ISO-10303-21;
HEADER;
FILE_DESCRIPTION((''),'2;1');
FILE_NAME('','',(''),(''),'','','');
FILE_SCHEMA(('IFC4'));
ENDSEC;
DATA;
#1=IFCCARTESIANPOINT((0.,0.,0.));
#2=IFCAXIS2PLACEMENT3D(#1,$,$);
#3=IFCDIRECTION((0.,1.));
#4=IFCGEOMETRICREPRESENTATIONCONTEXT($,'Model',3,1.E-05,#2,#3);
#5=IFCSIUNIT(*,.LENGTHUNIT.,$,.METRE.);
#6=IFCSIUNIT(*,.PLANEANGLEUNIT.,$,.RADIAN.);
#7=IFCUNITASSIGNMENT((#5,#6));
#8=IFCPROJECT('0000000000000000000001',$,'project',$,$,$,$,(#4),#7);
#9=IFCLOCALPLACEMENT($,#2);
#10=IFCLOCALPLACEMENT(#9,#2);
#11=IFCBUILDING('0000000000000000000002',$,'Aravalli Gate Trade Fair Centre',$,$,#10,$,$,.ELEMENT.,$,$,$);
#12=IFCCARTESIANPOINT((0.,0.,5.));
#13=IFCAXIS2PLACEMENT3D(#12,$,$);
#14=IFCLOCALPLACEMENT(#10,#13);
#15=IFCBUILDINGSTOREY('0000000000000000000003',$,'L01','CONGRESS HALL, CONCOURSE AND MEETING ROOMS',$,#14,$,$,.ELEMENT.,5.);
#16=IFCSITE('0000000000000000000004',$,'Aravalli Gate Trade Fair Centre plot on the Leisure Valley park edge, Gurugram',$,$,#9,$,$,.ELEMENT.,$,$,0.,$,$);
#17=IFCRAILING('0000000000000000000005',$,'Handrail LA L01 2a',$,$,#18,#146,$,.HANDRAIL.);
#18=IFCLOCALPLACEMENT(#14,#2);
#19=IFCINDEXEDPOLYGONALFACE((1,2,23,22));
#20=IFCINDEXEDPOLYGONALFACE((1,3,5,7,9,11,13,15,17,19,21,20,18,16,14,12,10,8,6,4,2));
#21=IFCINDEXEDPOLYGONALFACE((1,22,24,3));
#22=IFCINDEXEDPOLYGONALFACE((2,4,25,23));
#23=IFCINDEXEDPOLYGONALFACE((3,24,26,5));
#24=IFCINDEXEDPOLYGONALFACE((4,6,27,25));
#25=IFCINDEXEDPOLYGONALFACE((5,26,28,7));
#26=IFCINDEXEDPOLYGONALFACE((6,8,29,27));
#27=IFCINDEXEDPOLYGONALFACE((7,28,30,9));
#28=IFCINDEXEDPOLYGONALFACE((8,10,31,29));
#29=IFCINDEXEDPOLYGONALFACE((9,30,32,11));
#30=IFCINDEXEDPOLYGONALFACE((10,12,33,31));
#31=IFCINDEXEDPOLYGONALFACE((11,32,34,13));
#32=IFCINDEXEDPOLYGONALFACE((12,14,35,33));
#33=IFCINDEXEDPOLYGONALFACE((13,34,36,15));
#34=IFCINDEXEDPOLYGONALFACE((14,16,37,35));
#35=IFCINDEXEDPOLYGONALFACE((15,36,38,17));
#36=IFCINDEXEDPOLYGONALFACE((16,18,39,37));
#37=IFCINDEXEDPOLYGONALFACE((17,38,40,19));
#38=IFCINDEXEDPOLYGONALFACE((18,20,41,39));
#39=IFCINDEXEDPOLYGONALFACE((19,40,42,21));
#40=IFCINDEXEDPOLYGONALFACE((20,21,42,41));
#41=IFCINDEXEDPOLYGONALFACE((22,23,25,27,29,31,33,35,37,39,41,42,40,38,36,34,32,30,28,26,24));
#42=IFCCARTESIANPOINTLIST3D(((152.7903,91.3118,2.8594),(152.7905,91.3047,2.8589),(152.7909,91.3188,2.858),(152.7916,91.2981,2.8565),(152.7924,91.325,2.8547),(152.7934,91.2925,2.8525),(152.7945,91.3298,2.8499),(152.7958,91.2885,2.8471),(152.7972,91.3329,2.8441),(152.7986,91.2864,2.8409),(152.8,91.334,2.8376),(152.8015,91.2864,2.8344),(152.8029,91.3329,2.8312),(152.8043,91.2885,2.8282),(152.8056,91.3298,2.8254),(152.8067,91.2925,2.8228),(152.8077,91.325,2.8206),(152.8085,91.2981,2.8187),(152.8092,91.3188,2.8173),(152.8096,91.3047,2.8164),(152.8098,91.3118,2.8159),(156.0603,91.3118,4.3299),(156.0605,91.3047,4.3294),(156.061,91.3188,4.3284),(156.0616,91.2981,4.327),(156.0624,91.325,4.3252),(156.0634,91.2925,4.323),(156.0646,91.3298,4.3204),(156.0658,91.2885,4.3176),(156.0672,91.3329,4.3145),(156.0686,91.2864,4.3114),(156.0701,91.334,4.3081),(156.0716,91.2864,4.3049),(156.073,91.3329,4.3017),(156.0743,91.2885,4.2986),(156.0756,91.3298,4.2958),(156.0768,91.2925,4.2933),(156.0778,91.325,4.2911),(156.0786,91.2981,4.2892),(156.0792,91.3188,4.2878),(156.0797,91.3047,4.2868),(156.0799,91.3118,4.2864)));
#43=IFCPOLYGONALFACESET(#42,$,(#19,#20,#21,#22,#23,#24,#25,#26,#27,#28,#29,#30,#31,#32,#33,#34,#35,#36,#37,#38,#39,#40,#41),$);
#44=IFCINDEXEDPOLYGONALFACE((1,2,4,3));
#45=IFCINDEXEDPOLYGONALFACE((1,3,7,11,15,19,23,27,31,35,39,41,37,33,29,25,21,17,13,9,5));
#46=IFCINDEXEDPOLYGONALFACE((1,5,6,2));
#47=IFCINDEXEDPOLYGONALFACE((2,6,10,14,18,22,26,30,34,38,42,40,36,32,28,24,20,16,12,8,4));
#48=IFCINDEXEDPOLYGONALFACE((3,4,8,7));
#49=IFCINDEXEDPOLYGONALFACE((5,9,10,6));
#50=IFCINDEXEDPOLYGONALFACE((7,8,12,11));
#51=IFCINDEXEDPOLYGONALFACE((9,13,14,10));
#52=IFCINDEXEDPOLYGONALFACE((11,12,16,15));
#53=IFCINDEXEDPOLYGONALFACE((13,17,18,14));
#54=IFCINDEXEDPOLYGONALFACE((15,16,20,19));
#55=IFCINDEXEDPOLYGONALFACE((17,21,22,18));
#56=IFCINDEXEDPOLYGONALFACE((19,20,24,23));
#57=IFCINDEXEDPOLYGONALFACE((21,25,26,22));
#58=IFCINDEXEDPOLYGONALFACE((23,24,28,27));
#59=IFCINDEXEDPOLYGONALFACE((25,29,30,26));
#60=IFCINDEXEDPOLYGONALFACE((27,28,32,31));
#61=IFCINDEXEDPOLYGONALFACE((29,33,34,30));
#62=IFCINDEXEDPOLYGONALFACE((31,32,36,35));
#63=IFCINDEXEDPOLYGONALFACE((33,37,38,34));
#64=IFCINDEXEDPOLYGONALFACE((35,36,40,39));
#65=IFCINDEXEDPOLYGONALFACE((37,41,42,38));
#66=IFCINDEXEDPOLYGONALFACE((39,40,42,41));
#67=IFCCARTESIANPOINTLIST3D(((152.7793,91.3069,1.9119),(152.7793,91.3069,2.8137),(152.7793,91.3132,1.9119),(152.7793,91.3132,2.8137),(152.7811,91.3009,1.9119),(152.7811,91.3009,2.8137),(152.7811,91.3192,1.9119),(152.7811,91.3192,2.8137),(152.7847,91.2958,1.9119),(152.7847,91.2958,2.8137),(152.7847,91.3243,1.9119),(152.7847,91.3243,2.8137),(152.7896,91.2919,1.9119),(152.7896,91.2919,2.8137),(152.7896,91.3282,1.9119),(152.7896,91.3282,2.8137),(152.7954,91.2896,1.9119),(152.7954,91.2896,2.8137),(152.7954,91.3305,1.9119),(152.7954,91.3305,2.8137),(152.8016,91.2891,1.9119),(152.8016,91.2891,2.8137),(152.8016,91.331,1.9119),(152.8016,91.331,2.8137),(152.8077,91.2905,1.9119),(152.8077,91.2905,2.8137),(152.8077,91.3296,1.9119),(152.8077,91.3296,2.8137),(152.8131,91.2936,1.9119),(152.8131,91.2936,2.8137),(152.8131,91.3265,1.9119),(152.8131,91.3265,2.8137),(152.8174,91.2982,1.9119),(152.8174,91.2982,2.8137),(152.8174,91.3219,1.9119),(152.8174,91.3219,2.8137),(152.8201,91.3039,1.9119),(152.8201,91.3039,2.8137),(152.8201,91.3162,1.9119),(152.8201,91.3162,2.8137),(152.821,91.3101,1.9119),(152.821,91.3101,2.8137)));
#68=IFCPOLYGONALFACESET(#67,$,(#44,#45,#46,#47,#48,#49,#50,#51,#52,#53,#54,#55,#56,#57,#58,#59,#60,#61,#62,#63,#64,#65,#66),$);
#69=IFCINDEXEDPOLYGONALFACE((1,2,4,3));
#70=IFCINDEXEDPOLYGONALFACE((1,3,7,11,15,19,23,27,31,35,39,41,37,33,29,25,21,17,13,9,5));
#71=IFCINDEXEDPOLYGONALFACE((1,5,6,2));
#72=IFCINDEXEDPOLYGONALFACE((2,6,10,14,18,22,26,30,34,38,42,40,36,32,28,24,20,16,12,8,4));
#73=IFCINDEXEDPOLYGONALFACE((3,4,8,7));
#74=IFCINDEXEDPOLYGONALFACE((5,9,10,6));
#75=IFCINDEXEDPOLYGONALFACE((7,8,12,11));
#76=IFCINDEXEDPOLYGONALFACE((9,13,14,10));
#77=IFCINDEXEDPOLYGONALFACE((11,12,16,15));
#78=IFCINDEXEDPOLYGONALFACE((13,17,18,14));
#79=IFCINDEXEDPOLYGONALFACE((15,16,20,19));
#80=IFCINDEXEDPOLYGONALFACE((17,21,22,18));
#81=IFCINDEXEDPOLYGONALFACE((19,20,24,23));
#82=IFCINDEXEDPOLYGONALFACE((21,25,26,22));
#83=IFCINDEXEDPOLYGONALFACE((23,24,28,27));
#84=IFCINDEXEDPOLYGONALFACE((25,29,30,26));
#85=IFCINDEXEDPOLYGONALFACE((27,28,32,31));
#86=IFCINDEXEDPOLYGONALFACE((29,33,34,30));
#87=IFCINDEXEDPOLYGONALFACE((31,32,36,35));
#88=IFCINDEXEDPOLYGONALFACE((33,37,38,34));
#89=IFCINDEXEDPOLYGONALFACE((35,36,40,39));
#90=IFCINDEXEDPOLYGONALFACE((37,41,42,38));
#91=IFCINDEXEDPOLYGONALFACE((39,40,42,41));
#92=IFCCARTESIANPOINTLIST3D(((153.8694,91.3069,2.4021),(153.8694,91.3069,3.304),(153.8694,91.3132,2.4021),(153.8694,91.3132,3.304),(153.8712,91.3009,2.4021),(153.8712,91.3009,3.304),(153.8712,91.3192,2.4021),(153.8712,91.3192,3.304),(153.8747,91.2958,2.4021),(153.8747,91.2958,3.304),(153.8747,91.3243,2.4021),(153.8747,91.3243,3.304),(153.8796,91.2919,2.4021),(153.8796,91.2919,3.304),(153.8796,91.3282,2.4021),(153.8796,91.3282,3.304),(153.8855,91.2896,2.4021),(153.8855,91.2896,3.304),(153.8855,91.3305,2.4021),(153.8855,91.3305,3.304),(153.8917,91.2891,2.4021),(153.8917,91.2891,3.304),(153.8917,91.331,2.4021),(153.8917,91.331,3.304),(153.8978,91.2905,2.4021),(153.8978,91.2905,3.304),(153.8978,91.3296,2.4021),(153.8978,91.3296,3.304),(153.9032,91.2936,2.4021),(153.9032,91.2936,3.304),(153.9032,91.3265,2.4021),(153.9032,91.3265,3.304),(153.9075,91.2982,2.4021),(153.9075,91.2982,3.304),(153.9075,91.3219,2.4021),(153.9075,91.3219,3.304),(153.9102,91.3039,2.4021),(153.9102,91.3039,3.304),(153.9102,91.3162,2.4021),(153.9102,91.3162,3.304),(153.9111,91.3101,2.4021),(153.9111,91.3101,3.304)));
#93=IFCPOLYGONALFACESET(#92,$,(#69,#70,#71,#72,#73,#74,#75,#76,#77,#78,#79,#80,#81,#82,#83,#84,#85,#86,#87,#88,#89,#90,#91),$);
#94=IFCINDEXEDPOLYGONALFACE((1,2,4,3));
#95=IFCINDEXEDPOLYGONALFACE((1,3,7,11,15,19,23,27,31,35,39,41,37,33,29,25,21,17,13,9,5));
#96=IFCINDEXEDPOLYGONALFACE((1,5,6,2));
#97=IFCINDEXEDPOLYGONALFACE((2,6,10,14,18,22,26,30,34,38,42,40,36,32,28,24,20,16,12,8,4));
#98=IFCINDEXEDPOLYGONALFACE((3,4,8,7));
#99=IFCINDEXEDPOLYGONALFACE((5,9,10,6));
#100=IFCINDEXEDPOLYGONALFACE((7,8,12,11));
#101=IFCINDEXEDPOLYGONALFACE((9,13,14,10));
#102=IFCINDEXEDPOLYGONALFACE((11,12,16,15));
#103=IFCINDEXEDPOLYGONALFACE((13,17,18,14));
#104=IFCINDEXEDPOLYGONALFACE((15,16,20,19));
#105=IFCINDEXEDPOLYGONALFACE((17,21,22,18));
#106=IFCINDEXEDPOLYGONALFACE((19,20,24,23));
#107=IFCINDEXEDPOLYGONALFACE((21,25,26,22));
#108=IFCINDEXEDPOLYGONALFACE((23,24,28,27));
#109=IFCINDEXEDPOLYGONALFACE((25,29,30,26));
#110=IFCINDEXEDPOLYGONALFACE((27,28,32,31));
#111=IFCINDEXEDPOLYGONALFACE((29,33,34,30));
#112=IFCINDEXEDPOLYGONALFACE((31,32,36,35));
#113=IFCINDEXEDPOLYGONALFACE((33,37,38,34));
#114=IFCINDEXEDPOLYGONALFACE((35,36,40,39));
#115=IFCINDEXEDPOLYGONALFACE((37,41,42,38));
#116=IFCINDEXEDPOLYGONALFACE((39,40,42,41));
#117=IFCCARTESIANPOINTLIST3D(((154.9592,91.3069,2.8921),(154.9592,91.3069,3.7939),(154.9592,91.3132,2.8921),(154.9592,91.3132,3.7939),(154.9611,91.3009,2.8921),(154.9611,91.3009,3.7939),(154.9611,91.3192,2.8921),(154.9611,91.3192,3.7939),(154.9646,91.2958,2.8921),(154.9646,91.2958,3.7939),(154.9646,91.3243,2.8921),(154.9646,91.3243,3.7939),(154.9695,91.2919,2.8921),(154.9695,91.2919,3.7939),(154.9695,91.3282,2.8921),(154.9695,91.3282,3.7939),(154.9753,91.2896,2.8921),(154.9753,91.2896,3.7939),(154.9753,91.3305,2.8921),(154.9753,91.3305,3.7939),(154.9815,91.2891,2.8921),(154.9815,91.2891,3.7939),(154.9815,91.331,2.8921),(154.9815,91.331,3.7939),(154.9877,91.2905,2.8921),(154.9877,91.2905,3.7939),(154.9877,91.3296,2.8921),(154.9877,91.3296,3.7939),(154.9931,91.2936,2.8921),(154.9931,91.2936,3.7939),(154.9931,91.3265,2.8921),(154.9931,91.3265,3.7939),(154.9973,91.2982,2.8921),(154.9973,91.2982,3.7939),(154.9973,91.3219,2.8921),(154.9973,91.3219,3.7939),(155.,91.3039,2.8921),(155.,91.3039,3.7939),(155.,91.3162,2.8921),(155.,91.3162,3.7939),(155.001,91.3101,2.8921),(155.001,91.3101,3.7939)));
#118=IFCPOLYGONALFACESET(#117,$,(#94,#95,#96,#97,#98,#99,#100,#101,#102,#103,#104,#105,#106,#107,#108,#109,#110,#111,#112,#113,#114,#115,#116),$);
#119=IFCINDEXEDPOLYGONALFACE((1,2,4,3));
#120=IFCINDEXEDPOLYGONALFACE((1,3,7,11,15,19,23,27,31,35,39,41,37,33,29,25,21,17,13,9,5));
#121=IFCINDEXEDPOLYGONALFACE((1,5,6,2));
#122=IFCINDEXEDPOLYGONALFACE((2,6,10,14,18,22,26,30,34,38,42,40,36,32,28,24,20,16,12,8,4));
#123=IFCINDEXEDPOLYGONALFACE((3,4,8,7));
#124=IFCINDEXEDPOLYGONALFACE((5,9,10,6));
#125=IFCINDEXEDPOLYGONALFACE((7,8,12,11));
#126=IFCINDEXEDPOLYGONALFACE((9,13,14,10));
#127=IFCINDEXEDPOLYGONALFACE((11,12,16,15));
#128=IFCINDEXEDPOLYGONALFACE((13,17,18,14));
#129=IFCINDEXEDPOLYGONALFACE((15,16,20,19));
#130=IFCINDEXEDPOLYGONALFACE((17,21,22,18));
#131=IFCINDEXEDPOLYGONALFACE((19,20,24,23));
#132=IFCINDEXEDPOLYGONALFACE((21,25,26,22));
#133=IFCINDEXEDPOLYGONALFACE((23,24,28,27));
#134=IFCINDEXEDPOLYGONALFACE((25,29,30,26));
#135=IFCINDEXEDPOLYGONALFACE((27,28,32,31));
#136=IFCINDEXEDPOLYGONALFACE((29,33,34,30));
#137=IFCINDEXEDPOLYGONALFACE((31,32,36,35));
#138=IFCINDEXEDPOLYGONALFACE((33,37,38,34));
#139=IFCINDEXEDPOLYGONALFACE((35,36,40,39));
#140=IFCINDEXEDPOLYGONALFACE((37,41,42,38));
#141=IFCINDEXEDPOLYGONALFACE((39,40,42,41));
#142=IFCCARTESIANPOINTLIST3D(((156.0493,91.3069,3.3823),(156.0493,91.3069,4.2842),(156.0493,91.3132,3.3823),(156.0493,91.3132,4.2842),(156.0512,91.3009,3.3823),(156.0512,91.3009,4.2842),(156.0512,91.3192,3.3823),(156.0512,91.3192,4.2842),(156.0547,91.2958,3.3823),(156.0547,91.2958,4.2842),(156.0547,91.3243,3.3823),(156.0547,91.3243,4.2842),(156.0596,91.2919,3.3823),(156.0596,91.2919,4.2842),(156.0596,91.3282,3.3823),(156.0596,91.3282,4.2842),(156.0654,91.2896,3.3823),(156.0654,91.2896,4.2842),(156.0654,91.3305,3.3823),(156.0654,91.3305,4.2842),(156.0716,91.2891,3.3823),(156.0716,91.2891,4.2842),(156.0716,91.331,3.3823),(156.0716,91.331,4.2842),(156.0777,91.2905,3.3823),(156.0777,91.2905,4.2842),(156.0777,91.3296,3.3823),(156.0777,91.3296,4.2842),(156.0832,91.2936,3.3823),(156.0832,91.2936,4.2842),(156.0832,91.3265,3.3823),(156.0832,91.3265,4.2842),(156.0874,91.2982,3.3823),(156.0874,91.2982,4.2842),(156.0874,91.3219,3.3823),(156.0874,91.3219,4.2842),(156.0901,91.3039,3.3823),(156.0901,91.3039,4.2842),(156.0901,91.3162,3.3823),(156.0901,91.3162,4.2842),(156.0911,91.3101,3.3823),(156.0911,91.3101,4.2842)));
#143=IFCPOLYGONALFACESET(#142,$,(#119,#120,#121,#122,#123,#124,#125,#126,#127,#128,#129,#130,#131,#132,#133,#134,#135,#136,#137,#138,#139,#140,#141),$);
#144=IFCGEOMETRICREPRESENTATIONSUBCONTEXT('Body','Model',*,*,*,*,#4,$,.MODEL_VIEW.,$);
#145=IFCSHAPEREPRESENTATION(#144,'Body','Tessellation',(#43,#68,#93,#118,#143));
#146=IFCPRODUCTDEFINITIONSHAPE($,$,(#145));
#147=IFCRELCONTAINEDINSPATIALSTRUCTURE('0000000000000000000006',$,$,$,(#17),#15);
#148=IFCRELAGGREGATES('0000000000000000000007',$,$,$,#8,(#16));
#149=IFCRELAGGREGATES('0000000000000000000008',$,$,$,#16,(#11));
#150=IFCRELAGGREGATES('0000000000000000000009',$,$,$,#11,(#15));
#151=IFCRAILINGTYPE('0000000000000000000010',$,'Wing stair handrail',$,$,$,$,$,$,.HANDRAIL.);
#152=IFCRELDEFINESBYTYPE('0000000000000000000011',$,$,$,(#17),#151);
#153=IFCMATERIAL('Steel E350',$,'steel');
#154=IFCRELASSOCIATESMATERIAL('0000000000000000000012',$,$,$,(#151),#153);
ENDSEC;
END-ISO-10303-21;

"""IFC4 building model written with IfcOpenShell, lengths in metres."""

from ifc_helpers import new_model, si_unit, direction, frame, origin, origin_2d, place, context, subcontext, project, spatial, circle, extrude, material, type_object, element, save


model = new_model("IFC4")

# Units and contexts
model_context = context("Model", 3, precision=1e-05, world=origin(), true_north=direction((0.0, 1.0)))
body_context = subcontext(model_context, "Body", "Model", "MODEL_VIEW")
ifc_project = project(units=[si_unit("LENGTHUNIT", "METRE"), si_unit("PLANEANGLEUNIT", "RADIAN")], contexts=[model_context])

# Site, building, storey
site_placement = place(None, origin())
site = spatial("IfcSite", under=ifc_project, at=site_placement, Name="Aravalli Gate Trade Fair Centre plot on the Leisure Valley park edge, Gurugram", CompositionType="ELEMENT", RefElevation=0.0)
building_placement = place(site_placement, origin())
building = spatial("IfcBuilding", under=site, at=building_placement, Name="Aravalli Gate Trade Fair Centre", CompositionType="ELEMENT")
storey_placement = place(building_placement, frame((0.0, 0.0, 5.0)))
storey = spatial("IfcBuildingStorey", under=building, at=storey_placement, Name="L01", Description="CONGRESS HALL, CONCOURSE AND MEETING ROOMS", CompositionType="ELEMENT", Elevation=5.0)

# Shared definitions
ifc_material_1 = material(Name="Steel E350", Category="steel")

# Railing
railing_type_1 = type_object("IfcRailingType", Name="Wing stair handrail", PredefinedType="HANDRAIL", material=ifc_material_1)
for number, where, name in (
    (1, (152.8, 91.3101, 1.9119), "Handrail LA L01 2a"),
):
    element("IfcRailing", number, at=place(storey_placement, frame(where)), inside=storey, type_object=railing_type_1, Name=name, PredefinedType="HANDRAIL", context=body_context, shape_type="SweptSolid", body=[
        extrude(circle(Radius=0.0239, at=origin_2d()), frame((0.0, 0.0, 0.9258), z_axis=(0.912031, 0.0, 0.410121), x_axis=(0.0, 1.0, 0.0)), (0.0, 0.0, 1.0), 3.5854),
        extrude(circle(Radius=0.021, at=origin_2d()), origin(), (0.0, 0.0, 1.0), 0.9019),
        extrude(circle(Radius=0.021, at=origin_2d()), frame((1.0901, 0.0, 0.4902)), (0.0, 0.0, 1.0), 0.9019),
        extrude(circle(Radius=0.021, at=origin_2d()), frame((2.1799, 0.0, 0.9802)), (0.0, 0.0, 1.0), 0.9019),
        extrude(circle(Radius=0.021, at=origin_2d()), frame((3.27, 0.0, 1.4705)), (0.0, 0.0, 1.0), 0.9019),
    ])

save(model, "model.ifc")
